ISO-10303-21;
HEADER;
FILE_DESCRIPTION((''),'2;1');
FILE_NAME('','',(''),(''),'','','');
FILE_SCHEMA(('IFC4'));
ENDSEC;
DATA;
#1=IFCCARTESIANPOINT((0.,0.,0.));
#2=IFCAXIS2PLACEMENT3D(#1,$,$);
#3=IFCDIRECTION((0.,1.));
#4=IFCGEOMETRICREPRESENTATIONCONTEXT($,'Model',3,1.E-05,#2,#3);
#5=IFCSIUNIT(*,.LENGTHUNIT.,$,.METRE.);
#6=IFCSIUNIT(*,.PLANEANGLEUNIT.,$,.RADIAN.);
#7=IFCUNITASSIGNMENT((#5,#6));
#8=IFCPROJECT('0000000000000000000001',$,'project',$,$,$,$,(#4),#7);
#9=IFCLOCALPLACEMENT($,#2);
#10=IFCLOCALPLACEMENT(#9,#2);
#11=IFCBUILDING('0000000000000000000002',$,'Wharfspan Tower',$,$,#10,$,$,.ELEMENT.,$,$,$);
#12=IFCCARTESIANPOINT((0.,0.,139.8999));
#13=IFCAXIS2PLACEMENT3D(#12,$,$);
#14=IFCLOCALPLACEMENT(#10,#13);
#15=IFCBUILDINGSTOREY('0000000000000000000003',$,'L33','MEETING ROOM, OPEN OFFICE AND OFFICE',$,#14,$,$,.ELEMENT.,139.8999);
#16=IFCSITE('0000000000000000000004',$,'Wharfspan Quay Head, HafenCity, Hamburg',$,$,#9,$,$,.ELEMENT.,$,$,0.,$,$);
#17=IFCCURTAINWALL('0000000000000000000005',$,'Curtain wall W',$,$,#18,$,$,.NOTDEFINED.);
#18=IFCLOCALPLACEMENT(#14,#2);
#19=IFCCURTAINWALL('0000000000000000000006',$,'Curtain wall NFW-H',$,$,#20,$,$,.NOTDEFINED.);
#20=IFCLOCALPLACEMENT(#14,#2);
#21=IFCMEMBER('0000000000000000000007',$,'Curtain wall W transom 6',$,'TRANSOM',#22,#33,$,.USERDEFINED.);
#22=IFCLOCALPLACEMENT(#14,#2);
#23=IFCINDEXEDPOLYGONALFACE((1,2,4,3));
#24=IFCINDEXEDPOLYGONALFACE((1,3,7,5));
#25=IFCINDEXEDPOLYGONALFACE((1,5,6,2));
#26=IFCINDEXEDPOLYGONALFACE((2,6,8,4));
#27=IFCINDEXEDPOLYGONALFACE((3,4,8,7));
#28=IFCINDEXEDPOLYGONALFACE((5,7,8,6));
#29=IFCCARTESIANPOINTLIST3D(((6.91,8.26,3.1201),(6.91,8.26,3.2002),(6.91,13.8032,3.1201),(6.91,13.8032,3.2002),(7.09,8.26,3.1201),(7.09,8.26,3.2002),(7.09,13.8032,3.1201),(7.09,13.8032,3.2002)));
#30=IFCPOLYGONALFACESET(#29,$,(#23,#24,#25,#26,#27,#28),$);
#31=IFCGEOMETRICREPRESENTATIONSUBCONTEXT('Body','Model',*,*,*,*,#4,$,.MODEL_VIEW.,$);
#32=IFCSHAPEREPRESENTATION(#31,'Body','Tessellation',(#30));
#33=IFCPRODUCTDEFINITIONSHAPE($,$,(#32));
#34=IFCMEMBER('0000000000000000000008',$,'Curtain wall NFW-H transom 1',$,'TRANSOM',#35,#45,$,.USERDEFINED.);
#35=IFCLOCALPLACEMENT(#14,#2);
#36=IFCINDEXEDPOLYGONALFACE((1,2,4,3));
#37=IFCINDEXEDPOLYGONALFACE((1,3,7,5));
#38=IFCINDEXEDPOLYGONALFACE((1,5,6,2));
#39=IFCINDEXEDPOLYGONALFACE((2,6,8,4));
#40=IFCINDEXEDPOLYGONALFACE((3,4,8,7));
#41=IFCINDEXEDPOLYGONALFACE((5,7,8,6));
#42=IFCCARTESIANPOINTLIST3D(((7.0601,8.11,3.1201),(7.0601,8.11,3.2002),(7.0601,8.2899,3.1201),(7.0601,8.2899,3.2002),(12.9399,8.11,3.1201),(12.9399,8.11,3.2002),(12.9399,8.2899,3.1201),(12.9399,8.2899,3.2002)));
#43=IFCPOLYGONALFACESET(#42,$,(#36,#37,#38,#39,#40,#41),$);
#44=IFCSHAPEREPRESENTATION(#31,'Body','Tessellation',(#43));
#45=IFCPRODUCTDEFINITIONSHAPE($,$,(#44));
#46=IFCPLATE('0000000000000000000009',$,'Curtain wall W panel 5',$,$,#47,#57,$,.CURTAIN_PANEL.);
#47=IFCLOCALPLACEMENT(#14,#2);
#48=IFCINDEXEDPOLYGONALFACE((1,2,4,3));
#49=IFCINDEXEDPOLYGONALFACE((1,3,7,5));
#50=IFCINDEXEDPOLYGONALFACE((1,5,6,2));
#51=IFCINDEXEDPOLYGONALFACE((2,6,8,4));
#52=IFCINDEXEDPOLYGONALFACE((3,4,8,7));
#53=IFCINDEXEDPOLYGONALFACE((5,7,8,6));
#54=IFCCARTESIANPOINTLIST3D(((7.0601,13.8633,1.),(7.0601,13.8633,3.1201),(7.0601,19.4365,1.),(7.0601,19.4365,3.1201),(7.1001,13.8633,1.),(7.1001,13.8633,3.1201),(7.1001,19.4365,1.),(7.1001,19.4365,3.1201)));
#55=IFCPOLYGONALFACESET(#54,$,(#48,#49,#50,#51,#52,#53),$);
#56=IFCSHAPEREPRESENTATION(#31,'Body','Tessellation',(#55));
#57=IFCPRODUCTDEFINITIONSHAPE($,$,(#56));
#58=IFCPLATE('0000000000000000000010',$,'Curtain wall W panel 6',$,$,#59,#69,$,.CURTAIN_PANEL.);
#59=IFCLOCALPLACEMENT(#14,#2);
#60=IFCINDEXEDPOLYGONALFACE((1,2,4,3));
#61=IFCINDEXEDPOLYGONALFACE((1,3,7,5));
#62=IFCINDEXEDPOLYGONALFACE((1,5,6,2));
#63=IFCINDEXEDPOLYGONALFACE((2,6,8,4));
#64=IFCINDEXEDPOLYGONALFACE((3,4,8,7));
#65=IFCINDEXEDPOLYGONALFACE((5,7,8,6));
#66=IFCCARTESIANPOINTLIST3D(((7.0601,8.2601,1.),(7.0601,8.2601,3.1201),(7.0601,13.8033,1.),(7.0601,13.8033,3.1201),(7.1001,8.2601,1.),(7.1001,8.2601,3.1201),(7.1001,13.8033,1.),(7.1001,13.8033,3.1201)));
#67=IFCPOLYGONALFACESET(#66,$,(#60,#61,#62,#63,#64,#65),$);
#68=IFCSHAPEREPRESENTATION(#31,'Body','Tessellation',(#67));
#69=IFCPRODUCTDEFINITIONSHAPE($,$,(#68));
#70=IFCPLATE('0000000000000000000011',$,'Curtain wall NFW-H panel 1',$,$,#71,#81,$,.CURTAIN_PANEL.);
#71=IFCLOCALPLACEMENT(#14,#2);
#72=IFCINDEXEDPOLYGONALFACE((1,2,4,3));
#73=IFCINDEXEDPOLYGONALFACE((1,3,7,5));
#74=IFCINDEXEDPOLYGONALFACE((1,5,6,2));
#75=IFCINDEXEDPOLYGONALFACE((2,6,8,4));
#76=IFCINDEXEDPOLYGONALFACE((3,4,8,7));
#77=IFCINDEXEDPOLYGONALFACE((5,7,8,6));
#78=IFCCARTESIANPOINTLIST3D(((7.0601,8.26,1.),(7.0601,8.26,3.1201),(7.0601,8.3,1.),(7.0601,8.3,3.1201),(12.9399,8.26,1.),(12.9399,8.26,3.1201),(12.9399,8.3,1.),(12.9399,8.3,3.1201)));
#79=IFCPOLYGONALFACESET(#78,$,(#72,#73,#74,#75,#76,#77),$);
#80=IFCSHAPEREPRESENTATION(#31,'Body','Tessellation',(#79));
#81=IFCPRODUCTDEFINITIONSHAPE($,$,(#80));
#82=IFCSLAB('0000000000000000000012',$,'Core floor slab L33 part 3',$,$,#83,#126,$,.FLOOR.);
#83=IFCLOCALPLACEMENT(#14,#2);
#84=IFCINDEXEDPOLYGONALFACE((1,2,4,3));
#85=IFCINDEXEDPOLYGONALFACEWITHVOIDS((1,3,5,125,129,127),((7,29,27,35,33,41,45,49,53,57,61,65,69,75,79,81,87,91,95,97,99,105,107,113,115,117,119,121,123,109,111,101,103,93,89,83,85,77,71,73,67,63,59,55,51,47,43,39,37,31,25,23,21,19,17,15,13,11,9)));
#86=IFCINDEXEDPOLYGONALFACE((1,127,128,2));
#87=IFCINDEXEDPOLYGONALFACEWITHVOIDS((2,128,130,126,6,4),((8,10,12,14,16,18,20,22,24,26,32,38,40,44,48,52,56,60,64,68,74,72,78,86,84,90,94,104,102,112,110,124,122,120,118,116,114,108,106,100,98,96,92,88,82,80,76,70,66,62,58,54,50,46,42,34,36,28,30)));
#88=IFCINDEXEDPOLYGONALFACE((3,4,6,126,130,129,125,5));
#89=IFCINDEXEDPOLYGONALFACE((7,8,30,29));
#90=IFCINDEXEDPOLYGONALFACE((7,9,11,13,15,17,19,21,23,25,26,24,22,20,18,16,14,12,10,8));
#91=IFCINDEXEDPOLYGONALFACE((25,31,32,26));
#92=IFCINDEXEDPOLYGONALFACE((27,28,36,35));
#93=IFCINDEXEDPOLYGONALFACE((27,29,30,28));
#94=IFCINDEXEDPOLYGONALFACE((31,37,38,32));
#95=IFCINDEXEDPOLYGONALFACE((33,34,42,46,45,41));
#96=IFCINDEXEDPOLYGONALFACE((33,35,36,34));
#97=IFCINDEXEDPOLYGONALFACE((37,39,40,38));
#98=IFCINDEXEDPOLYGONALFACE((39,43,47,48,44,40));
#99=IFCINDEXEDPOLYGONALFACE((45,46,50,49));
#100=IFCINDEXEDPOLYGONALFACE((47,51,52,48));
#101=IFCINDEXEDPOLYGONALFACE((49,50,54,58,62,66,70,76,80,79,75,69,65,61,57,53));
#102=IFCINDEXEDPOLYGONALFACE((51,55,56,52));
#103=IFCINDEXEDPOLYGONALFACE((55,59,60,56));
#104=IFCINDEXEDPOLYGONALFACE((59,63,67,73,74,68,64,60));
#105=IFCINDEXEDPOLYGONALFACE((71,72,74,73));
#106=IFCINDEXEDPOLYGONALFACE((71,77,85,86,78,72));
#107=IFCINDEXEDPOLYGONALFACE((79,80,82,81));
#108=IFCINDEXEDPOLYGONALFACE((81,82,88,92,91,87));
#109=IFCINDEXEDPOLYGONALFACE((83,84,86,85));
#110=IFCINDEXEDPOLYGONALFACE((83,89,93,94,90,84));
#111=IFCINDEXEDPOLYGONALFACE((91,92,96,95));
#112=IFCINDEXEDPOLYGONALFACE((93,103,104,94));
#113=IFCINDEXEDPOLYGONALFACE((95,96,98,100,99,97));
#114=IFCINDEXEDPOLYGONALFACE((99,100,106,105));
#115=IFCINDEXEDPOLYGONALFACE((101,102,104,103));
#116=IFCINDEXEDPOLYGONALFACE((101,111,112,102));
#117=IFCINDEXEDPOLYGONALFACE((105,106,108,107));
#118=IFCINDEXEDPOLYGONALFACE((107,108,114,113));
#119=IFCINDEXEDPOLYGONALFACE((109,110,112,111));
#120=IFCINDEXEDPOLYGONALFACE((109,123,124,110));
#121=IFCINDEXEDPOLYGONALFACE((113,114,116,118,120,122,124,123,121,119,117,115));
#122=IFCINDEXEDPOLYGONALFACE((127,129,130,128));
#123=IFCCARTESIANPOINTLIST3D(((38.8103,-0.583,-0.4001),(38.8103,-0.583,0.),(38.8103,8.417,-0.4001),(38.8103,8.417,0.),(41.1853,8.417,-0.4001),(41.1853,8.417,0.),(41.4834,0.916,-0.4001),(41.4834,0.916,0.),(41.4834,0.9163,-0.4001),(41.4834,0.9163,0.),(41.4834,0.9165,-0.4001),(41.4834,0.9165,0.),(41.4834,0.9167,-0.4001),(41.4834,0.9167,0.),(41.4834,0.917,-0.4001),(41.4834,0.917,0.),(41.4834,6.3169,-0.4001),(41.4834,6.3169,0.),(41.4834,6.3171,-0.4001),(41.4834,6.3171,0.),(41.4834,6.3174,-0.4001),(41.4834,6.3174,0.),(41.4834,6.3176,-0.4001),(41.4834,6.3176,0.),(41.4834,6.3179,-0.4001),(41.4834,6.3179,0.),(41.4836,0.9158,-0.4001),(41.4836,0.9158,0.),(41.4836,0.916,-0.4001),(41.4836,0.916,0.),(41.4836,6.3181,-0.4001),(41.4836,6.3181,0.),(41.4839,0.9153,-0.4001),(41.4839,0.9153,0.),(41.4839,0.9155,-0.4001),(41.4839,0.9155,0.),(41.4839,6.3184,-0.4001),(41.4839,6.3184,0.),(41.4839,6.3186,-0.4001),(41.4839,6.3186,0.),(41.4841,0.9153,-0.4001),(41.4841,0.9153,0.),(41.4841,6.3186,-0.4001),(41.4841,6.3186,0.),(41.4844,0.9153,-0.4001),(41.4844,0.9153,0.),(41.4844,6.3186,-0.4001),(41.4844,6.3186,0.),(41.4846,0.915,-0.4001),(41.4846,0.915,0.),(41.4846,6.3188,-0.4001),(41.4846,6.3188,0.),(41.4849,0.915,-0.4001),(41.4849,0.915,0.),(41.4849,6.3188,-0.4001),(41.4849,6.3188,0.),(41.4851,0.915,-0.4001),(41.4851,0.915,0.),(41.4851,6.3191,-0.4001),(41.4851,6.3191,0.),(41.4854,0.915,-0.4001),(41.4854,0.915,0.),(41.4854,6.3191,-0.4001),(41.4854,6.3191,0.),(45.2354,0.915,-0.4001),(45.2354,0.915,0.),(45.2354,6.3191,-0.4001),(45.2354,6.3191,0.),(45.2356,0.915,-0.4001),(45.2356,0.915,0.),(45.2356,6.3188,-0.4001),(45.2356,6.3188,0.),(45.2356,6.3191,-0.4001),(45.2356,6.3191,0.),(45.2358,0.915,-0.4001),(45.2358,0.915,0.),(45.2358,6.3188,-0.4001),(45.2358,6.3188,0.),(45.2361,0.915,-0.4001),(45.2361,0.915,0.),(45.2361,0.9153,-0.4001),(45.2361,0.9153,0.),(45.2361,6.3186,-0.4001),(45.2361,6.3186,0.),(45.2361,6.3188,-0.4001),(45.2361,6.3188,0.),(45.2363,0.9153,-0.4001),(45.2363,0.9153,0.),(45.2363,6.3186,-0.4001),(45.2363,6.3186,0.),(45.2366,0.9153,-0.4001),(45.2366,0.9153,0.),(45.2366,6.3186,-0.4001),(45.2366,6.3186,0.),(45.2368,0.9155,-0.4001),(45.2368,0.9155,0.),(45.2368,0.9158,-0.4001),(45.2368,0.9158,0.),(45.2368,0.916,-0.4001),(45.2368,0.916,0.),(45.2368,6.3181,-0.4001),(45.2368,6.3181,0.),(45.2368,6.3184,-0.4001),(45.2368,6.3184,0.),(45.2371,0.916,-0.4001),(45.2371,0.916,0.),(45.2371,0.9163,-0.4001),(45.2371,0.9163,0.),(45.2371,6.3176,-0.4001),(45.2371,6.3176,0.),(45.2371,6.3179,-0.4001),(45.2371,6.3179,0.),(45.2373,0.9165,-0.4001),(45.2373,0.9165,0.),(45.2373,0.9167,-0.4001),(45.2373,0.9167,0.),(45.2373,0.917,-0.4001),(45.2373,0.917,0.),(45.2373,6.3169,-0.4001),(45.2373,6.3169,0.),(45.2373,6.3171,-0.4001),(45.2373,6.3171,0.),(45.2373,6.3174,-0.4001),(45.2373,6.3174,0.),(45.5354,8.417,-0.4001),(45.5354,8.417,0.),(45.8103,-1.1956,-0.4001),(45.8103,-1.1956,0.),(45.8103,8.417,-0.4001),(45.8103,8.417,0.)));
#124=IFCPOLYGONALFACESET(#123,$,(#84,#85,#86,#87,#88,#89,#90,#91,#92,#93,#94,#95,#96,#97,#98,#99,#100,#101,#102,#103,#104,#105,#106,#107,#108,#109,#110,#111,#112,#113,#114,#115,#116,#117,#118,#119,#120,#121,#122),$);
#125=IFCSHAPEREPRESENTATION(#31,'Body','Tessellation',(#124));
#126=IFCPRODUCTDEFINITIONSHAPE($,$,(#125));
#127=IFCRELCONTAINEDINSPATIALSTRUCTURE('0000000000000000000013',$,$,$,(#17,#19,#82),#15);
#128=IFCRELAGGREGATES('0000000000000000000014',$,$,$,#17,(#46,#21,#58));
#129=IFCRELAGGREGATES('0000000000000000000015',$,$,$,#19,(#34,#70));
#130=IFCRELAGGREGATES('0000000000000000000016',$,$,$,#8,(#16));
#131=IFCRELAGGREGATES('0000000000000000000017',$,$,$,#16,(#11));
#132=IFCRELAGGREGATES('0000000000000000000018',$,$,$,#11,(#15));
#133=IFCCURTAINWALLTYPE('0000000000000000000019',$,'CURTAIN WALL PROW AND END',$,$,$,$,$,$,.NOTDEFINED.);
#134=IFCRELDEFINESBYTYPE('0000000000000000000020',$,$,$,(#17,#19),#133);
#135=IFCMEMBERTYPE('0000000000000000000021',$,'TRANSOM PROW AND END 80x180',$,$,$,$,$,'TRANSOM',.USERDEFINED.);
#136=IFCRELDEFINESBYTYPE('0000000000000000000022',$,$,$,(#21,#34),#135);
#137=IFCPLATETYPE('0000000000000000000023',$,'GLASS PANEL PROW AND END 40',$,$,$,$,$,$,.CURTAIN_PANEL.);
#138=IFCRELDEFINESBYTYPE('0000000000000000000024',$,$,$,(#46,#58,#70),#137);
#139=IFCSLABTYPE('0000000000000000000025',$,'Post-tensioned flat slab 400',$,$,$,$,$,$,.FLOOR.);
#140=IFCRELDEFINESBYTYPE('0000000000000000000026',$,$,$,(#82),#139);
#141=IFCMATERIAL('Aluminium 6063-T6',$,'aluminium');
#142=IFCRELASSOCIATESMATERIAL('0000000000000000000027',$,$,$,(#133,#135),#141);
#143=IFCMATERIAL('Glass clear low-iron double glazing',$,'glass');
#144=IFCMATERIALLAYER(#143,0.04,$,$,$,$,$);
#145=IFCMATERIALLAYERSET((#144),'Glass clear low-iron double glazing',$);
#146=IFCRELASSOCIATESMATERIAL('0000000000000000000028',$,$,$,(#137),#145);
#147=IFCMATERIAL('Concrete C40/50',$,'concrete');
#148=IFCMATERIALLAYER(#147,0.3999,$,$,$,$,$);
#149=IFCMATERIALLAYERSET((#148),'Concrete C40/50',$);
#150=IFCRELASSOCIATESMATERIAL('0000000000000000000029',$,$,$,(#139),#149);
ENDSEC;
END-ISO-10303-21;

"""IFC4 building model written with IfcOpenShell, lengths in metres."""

from ifc_helpers import new_model, si_unit, direction, frame, origin, origin_2d, place, context, subcontext, project, spatial, polyline, rectangle, outline, extrude, material, layer, layer_set, material_profile, profile_set, type_object, element, aggregate, save


model = new_model("IFC4")

# Units and contexts
model_context = context("Model", 3, precision=1e-05, world=origin(), true_north=direction((0.0, 1.0)))
body_context = subcontext(model_context, "Body", "Model", "MODEL_VIEW")
ifc_project = project(units=[si_unit("LENGTHUNIT", "METRE"), si_unit("PLANEANGLEUNIT", "RADIAN")], contexts=[model_context])

# Site, building, storey
site_placement = place(None, origin())
site = spatial("IfcSite", under=ifc_project, at=site_placement, Name="Wharfspan Quay Head, HafenCity, Hamburg", CompositionType="ELEMENT", RefElevation=0.0)
building_placement = place(site_placement, origin())
building = spatial("IfcBuilding", under=site, at=building_placement, Name="Wharfspan Tower", CompositionType="ELEMENT")
storey_placement = place(building_placement, frame((0.0, 0.0, 139.8999)))
storey = spatial("IfcBuildingStorey", under=building, at=storey_placement, Name="L33", Description="MEETING ROOM, OPEN OFFICE AND OFFICE", CompositionType="ELEMENT", Elevation=139.8999)

# Curtain walls
ifc_material_1 = material(Name="Aluminium 6063-T6", Category="aluminium")
curtain_wall_type = type_object("IfcCurtainWallType", Name="CURTAIN WALL PROW AND END", PredefinedType="NOTDEFINED", material=ifc_material_1)
curtain_wall_1_placement = place(storey_placement, origin())
curtain_wall_1 = element("IfcCurtainWall", 1, at=curtain_wall_1_placement, inside=storey, type_object=curtain_wall_type, Name="Curtain wall W", PredefinedType="NOTDEFINED")
curtain_wall_2_placement = place(storey_placement, origin())
curtain_wall_2 = element("IfcCurtainWall", 2, at=curtain_wall_2_placement, inside=storey, type_object=curtain_wall_type, Name="Curtain wall NFW-H", PredefinedType="NOTDEFINED")

# Members
ifc_material_profile_1 = material_profile(ifc_material_1, rectangle(XDim=0.1799, YDim=0.0801, at=origin_2d()))
ifc_profile_set_1 = profile_set([ifc_material_profile_1], Name="Aluminium 6063-T6")
member_type_1 = type_object("IfcMemberType", Name="TRANSOM PROW AND END 80x180", ElementType="TRANSOM", PredefinedType="USERDEFINED", material=ifc_profile_set_1)
member_1_placement = place(storey_placement, frame((7.0, 13.8032, 3.1602), z_axis=(0.0, -1.0, 0.0), x_axis=(1.0, 0.0, 0.0)))
member_1 = element("IfcMember", 3, at=member_1_placement, type_object=member_type_1, Name="Curtain wall W transom 6", ObjectType="TRANSOM", PredefinedType="USERDEFINED", context=body_context, shape_type="SweptSolid", body=[
    extrude(rectangle(XDim=0.1799, YDim=0.0801, at=origin_2d()), origin(), (0.0, 0.0, 1.0), 5.5432),
])
member_2_placement = place(storey_placement, frame((7.0601, 8.2, 3.1602), z_axis=(1.0, 0.0, 0.0), x_axis=(0.0, 1.0, 0.0)))
member_2 = element("IfcMember", 4, at=member_2_placement, type_object=member_type_1, Name="Curtain wall NFW-H transom 1", ObjectType="TRANSOM", PredefinedType="USERDEFINED", context=body_context, shape_type="SweptSolid", body=[
    extrude(rectangle(XDim=0.1799, YDim=0.0801, at=origin_2d()), origin(), (0.0, 0.0, 1.0), 5.8799),
])

# Plates
ifc_material_2 = material(Name="Glass clear low-iron double glazing", Category="glass")
ifc_layer_1 = layer(ifc_material_2, 0.04)
ifc_layer_set_1 = layer_set([ifc_layer_1], Name="Glass clear low-iron double glazing")
plate_type = type_object("IfcPlateType", Name="GLASS PANEL PROW AND END 40", PredefinedType="CURTAIN_PANEL", material=ifc_layer_set_1)
plate_1_placement = place(storey_placement, frame((7.0801, 16.6499, 1.0), z_axis=(0.0, 0.0, 1.0), x_axis=(0.0, -1.0, 0.0)))
plate_1 = element("IfcPlate", 5, at=plate_1_placement, type_object=plate_type, Name="Curtain wall W panel 5", PredefinedType="CURTAIN_PANEL", context=body_context, shape_type="SweptSolid", body=[
    extrude(rectangle(XDim=5.5732, YDim=0.04, at=origin_2d()), origin(), (0.0, 0.0, 1.0), 2.1201),
])
plate_2_placement = place(storey_placement, frame((7.0801, 11.0317, 1.0), z_axis=(0.0, 0.0, 1.0), x_axis=(0.0, -1.0, 0.0)))
plate_2 = element("IfcPlate", 6, at=plate_2_placement, type_object=plate_type, Name="Curtain wall W panel 6", PredefinedType="CURTAIN_PANEL", context=body_context, shape_type="SweptSolid", body=[
    extrude(rectangle(XDim=5.5432, YDim=0.04, at=origin_2d()), origin(), (0.0, 0.0, 1.0), 2.1201),
])
aggregate(curtain_wall_1, [plate_1, member_1, plate_2])
plate_3_placement = place(storey_placement, frame((10.0, 8.28, 1.0), z_axis=(0.0, 0.0, 1.0), x_axis=(1.0, 0.0, 0.0)))
plate_3 = element("IfcPlate", 7, at=plate_3_placement, type_object=plate_type, Name="Curtain wall NFW-H panel 1", PredefinedType="CURTAIN_PANEL", context=body_context, shape_type="SweptSolid", body=[
    extrude(rectangle(XDim=5.8799, YDim=0.04, at=origin_2d()), origin(), (0.0, 0.0, 1.0), 2.1201),
])
aggregate(curtain_wall_2, [member_2, plate_3])

# Slab
ifc_material_3 = material(Name="Concrete C40/50", Category="concrete")
ifc_layer_2 = layer(ifc_material_3, 0.3999)
ifc_layer_set_2 = layer_set([ifc_layer_2], Name="Concrete C40/50")
slab_type = type_object("IfcSlabType", Name="Post-tensioned flat slab 400", PredefinedType="FLOOR", material=ifc_layer_set_2)
slab_1_placement = place(storey_placement, frame((0.0, 0.0, -0.4001)))
element("IfcSlab", 8, at=slab_1_placement, inside=storey, type_object=slab_type, Name="Core floor slab L33 part 3", PredefinedType="FLOOR", context=body_context, shape_type="SweptSolid", body=[
    extrude(outline(polyline([(45.5354, 8.417), (41.1853, 8.417), (38.8103, 8.417), (38.8103, -0.583), (45.8103, -1.1956), (45.8103, 8.417), (45.5354, 8.417)]), holes=[polyline([(41.4834, 6.3169), (41.4834, 6.3171), (41.4834, 6.3174), (41.4834, 6.3174), (41.4834, 6.3176), (41.4834, 6.3179), (41.4836, 6.3181), (41.4836, 6.3181), (41.4839, 6.3184), (41.4839, 6.3186), (41.4841, 6.3186), (41.4844, 6.3186), (41.4846, 6.3188), (41.4846, 6.3188), (41.4849, 6.3188), (41.4851, 6.3191), (41.4854, 6.3191), (45.2354, 6.3191), (45.2356, 6.3191), (45.2356, 6.3188), (45.2358, 6.3188), (45.2361, 6.3188), (45.2361, 6.3186), (45.2363, 6.3186), (45.2366, 6.3186), (45.2368, 6.3184), (45.2368, 6.3181), (45.2368, 6.3181), (45.2371, 6.3179), (45.2371, 6.3176), (45.2373, 6.3174), (45.2373, 6.3174), (45.2373, 6.3171), (45.2373, 6.3169), (45.2373, 0.917), (45.2373, 0.9167), (45.2373, 0.9165), (45.2373, 0.9165), (45.2371, 0.9163), (45.2371, 0.916), (45.2368, 0.916), (45.2368, 0.9158), (45.2368, 0.9155), (45.2366, 0.9153), (45.2363, 0.9153), (45.2361, 0.9153), (45.2361, 0.915), (45.2358, 0.915), (45.2356, 0.915), (45.2356, 0.915), (45.2354, 0.915), (41.4854, 0.915), (41.4851, 0.915), (41.4849, 0.915), (41.4846, 0.915), (41.4846, 0.915), (41.4844, 0.9153), (41.4841, 0.9153), (41.4839, 0.9153), (41.4839, 0.9155), (41.4836, 0.9158), (41.4836, 0.916), (41.4834, 0.916), (41.4834, 0.9163), (41.4834, 0.9165), (41.4834, 0.9165), (41.4834, 0.9167), (41.4834, 0.917), (41.4834, 6.3169)])]), origin(), (0.0, 0.0, 1.0), 0.4001),
])

save(model, "model.ifc")
